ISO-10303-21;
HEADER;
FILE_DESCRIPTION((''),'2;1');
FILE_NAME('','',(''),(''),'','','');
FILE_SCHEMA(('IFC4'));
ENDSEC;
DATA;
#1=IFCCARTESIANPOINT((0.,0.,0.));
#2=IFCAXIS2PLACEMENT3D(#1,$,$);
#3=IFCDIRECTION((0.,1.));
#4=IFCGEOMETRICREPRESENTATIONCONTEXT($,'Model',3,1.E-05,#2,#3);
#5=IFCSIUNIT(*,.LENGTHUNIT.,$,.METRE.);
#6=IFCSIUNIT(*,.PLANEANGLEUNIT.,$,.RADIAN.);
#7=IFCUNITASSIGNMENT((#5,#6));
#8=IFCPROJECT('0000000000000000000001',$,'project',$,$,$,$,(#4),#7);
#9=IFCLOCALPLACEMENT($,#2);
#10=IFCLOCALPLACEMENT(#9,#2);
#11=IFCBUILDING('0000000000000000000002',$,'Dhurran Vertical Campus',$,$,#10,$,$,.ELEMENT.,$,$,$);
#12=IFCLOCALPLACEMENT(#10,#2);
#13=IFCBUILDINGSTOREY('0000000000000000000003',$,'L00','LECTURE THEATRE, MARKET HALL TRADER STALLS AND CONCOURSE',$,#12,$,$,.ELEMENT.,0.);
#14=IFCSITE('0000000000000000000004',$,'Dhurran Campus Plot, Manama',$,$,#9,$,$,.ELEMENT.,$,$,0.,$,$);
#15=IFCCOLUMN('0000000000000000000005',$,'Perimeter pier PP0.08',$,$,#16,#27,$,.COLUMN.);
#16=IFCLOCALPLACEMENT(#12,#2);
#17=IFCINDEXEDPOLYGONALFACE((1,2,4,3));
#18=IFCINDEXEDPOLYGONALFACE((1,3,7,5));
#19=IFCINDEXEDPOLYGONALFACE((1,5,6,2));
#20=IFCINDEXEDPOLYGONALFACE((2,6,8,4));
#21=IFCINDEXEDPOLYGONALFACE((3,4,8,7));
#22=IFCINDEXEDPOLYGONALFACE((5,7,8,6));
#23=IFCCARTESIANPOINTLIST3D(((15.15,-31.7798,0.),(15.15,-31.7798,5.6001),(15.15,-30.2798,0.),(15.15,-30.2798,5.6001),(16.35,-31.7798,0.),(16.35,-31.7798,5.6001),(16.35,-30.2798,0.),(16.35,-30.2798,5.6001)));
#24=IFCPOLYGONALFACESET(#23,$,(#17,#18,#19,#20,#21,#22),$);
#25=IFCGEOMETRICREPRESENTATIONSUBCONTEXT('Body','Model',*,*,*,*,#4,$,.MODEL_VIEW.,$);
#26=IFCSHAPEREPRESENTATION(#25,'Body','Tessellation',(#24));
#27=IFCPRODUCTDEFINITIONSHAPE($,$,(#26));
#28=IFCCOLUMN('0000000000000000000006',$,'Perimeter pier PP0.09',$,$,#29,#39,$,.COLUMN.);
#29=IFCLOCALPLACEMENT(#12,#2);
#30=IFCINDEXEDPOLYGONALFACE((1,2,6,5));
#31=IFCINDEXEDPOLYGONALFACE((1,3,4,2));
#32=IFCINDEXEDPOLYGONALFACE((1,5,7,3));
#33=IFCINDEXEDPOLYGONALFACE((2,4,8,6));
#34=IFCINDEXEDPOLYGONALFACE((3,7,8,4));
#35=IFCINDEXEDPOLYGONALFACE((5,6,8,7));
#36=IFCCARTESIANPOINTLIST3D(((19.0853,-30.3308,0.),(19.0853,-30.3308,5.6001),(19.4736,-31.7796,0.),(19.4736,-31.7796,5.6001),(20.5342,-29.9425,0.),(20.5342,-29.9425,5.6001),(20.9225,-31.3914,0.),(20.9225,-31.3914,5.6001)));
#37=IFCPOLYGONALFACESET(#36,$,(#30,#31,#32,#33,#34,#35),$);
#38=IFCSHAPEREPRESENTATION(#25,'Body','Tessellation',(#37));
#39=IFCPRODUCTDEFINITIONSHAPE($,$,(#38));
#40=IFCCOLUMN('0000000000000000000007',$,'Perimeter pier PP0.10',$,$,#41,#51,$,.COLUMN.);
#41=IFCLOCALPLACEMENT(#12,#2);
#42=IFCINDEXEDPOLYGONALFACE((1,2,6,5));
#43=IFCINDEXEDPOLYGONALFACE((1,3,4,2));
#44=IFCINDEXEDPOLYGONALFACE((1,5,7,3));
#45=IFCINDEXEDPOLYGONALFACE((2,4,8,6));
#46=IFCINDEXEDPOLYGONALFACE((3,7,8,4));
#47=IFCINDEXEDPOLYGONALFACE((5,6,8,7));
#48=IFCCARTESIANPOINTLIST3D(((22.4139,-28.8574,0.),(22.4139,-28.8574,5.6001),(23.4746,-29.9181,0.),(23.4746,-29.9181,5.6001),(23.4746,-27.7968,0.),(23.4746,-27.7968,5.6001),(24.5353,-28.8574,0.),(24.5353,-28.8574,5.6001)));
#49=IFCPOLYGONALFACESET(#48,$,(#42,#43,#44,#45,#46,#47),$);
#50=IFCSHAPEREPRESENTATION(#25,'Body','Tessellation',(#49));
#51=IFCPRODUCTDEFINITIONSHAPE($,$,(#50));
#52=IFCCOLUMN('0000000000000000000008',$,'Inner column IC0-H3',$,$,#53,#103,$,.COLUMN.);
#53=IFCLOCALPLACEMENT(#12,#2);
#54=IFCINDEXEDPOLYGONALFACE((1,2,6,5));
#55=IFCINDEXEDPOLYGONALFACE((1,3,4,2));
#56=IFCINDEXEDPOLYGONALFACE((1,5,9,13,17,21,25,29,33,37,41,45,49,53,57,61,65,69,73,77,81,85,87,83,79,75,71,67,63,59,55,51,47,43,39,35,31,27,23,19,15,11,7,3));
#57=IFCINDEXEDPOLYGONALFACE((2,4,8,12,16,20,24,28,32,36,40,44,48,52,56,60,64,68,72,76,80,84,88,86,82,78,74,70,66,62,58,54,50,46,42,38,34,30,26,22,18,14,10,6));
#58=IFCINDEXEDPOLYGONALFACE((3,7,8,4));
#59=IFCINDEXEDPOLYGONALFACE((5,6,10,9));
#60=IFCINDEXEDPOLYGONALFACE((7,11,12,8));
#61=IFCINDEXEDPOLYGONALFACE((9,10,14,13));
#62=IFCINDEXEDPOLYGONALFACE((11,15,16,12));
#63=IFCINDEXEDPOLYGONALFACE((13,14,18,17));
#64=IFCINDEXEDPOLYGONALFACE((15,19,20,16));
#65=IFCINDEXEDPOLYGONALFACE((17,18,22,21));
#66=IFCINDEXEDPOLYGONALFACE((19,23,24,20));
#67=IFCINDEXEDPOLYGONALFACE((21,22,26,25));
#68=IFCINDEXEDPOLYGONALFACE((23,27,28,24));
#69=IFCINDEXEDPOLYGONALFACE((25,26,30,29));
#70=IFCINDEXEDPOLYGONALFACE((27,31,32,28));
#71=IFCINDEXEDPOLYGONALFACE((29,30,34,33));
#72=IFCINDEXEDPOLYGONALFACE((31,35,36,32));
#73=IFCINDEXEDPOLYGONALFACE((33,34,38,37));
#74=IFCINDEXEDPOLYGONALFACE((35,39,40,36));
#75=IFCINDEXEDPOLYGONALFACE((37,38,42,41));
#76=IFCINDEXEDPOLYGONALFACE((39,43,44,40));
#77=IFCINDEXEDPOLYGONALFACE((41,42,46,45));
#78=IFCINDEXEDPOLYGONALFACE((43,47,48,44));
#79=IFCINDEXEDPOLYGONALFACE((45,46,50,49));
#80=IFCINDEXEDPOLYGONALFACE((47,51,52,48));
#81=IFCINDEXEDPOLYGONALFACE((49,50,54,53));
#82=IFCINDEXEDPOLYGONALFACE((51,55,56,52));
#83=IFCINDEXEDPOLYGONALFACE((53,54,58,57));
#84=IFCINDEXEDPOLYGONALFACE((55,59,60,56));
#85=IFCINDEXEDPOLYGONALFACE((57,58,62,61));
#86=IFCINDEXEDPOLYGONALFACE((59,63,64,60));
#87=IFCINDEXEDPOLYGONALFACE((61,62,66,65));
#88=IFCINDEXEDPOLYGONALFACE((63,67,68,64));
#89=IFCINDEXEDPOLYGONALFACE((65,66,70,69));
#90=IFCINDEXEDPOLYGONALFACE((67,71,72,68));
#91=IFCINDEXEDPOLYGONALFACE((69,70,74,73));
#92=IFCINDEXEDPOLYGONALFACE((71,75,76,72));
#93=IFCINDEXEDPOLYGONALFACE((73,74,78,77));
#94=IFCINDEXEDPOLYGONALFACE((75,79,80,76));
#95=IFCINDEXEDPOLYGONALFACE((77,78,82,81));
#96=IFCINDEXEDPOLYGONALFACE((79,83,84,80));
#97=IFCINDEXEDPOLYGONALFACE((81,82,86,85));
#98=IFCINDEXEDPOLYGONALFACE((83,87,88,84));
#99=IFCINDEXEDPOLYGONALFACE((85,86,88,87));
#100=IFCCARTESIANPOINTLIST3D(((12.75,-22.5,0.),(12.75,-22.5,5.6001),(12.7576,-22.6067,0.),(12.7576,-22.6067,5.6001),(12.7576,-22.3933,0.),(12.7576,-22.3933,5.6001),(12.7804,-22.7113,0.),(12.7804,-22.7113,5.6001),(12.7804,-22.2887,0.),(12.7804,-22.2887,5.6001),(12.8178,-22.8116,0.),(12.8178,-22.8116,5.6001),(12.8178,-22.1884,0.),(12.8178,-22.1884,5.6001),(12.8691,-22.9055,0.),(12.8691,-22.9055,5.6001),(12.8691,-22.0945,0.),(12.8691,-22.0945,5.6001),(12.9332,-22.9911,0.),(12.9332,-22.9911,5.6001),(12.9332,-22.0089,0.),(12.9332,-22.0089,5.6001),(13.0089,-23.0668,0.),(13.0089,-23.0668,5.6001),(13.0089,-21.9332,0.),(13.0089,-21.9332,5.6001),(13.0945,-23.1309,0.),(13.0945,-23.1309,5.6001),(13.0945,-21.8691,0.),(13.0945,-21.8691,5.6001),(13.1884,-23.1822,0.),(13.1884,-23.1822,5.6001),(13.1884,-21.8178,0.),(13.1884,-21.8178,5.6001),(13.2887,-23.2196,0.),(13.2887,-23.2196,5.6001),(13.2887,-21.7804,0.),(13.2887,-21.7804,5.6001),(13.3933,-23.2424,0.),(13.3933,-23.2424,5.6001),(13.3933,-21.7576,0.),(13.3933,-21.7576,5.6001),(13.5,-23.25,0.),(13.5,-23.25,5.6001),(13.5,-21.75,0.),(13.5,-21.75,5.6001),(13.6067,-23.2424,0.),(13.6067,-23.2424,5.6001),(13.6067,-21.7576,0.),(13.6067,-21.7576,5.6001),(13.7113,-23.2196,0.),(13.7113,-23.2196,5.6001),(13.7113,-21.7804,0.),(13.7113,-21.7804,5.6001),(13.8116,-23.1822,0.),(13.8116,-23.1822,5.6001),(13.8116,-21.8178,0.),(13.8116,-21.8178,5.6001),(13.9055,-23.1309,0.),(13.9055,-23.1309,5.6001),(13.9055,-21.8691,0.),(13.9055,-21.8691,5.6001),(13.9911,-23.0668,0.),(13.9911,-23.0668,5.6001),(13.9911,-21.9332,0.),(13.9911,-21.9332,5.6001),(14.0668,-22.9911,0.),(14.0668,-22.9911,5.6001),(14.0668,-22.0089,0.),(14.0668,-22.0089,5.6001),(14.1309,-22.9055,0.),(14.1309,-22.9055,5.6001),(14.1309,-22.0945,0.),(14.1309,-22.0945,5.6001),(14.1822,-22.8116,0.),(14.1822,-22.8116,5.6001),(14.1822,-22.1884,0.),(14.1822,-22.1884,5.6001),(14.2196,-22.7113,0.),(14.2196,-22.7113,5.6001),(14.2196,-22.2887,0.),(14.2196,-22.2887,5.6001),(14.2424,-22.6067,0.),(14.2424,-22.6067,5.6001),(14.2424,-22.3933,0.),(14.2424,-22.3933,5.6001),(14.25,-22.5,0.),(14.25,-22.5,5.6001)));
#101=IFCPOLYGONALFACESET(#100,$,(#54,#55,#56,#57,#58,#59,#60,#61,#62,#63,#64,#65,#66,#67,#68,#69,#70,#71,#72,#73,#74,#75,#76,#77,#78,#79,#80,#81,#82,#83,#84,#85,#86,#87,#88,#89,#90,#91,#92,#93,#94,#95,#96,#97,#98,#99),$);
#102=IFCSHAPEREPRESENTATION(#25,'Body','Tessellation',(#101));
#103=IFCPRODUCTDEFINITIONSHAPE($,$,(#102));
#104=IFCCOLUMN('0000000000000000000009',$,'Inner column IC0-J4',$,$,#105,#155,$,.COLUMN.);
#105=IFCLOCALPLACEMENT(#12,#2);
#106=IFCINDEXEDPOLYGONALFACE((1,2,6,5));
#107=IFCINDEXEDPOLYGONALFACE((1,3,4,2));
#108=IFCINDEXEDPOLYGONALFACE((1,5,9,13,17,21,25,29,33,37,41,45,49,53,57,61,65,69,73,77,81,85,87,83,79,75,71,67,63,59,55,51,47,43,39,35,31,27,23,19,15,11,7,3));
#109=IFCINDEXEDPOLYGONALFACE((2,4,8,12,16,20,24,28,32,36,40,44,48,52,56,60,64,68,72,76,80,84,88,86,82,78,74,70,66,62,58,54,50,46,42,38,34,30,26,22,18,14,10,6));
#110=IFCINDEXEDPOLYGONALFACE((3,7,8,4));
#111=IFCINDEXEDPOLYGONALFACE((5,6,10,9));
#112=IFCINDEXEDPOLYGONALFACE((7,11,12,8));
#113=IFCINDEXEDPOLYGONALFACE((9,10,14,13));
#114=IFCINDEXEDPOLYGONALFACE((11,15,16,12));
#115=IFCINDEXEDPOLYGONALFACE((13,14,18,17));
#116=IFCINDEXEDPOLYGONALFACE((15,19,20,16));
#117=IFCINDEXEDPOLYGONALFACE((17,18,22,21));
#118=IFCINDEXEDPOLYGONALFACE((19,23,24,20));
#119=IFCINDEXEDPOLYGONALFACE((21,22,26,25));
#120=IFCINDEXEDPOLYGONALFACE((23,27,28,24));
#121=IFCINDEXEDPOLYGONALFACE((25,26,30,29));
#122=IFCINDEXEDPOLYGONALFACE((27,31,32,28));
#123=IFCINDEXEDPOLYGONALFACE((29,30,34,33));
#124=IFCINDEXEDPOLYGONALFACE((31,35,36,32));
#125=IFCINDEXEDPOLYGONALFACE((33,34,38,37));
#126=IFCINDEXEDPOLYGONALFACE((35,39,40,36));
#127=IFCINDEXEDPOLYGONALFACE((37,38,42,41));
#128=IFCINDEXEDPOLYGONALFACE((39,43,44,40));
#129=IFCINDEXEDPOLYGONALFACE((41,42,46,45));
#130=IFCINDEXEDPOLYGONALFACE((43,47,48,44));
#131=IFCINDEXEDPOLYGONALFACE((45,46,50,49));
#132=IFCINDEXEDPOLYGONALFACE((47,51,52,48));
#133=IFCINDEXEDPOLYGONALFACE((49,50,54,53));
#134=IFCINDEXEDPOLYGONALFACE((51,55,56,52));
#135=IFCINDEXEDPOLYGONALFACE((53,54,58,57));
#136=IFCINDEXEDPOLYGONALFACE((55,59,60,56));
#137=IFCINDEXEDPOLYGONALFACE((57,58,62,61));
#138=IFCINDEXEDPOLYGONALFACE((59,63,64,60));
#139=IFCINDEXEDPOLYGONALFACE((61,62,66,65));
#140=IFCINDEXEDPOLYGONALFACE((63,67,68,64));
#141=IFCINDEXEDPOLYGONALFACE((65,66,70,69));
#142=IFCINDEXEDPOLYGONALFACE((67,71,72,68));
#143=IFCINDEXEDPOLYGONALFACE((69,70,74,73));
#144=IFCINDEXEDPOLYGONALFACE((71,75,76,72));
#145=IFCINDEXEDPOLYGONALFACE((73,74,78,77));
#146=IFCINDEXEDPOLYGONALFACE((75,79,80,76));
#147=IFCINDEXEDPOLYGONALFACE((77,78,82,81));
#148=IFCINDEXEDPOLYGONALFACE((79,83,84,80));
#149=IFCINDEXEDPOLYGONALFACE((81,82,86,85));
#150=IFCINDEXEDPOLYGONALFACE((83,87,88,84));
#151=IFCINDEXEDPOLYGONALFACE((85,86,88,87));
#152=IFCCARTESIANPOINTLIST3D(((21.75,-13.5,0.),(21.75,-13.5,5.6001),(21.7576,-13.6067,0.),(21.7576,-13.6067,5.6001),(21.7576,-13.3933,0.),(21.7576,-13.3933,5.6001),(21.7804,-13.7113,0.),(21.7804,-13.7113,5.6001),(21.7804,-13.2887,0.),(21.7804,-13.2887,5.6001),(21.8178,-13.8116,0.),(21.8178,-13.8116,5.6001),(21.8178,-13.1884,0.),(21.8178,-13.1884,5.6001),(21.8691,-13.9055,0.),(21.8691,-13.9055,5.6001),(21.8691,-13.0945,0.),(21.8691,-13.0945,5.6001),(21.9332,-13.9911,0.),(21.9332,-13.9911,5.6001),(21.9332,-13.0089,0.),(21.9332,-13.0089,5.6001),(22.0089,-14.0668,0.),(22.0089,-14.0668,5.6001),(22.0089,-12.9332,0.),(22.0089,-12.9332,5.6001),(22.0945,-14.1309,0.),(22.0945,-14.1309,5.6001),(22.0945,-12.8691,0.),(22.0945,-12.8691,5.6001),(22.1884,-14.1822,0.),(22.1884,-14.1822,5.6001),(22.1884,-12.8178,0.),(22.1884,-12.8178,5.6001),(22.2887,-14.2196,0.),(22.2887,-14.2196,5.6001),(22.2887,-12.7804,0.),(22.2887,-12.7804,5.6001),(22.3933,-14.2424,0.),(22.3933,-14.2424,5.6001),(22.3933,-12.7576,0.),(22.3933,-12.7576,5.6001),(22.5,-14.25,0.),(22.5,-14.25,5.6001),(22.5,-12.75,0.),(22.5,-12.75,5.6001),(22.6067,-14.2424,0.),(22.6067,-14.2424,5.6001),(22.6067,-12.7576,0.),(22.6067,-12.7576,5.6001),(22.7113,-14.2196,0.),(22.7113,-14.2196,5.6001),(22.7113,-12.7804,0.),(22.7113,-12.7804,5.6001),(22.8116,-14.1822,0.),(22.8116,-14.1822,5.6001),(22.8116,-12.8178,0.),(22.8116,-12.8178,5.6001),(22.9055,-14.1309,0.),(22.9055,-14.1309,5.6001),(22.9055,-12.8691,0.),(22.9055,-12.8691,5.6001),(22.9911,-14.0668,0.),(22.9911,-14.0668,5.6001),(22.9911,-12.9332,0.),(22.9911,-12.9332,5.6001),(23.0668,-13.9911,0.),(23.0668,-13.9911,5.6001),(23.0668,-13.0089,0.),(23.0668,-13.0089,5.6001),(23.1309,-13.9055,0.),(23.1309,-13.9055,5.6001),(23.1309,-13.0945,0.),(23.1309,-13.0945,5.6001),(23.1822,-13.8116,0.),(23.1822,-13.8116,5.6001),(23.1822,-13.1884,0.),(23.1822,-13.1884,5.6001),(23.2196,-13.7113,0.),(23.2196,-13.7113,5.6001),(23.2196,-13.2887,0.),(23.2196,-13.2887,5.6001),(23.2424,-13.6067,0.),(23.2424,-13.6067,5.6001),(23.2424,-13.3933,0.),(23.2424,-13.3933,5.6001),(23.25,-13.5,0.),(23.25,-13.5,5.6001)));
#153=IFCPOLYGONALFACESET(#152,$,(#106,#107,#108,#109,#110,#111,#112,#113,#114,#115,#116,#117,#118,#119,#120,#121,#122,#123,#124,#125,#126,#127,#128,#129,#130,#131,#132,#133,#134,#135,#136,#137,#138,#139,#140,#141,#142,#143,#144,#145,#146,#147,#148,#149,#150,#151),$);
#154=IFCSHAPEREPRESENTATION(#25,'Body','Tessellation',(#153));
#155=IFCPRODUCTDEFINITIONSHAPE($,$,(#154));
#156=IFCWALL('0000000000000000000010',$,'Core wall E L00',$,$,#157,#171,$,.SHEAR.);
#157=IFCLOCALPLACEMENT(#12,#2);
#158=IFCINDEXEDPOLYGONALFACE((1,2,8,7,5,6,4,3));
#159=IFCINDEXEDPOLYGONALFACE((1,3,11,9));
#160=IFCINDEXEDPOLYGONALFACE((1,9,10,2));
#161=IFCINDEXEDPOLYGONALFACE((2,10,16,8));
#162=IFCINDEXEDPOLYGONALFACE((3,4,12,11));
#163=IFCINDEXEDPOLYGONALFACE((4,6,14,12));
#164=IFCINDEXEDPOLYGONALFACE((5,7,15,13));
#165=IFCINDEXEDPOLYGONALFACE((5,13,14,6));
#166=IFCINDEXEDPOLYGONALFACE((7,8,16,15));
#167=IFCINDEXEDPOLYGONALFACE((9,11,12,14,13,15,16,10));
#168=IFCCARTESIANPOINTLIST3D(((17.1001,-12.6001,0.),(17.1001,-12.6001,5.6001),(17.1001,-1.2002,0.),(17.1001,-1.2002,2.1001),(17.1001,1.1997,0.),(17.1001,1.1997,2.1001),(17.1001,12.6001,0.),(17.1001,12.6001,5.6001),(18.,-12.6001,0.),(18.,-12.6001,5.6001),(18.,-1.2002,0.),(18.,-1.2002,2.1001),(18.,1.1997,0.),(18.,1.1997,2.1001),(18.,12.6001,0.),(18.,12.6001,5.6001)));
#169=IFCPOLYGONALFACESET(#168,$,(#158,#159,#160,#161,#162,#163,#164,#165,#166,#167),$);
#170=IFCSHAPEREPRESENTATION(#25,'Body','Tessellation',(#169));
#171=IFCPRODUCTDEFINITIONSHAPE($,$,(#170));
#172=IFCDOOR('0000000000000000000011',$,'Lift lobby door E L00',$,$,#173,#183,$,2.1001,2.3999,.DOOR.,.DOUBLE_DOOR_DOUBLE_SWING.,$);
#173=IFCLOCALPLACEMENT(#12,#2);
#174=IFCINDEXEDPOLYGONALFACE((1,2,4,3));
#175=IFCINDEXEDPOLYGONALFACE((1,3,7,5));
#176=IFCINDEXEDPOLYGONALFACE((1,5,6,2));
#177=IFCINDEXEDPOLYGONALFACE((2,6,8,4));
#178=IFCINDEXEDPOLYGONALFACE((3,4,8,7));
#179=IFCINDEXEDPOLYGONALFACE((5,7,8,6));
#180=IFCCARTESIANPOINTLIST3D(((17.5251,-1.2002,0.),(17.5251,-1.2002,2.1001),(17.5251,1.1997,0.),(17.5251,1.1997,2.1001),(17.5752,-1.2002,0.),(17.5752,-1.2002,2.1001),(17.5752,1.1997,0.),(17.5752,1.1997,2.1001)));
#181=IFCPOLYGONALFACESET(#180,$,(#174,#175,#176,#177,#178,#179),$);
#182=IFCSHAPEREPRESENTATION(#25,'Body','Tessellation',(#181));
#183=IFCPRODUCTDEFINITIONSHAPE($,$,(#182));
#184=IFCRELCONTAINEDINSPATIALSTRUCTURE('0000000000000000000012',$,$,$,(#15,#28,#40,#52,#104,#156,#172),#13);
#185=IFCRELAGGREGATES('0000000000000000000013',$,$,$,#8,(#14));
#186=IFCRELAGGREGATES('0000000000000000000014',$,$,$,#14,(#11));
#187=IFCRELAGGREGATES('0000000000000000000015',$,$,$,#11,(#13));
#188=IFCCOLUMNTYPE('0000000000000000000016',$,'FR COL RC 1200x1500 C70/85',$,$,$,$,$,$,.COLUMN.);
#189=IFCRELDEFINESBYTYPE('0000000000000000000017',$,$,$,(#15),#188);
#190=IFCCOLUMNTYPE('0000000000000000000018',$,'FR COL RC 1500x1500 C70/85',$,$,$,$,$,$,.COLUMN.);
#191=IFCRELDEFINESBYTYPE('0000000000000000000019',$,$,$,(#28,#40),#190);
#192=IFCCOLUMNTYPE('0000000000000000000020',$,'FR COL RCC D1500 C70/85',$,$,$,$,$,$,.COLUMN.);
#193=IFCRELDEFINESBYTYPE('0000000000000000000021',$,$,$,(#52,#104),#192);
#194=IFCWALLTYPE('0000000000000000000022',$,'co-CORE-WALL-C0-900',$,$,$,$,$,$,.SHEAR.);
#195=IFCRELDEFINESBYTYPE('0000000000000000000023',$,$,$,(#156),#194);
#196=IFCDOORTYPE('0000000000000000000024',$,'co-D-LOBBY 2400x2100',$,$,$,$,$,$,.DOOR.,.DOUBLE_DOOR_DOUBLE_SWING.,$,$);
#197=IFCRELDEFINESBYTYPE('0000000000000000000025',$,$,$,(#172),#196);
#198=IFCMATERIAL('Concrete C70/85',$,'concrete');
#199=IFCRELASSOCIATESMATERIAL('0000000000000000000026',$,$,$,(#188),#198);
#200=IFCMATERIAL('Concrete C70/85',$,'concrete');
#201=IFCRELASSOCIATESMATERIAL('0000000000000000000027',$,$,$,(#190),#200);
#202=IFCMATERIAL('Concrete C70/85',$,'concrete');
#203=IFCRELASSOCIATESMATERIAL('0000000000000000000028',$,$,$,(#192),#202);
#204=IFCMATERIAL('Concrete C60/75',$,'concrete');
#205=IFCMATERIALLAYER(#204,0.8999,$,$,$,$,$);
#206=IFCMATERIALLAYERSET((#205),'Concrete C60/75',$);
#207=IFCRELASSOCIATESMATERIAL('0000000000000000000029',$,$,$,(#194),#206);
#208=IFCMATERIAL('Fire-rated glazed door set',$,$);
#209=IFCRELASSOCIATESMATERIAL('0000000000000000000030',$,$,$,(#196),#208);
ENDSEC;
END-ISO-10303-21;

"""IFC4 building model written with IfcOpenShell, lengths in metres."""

from ifc_helpers import new_model, si_unit, direction, frame, frame_2d, origin, origin_2d, place, context, subcontext, project, spatial, rectangle, circle, extrude, material, layer, layer_set, material_profile, profile_set, type_object, element, fill, save


model = new_model("IFC4")

# Units and contexts
model_context = context("Model", 3, precision=1e-05, world=origin(), true_north=direction((0.0, 1.0)))
body_context = subcontext(model_context, "Body", "Model", "MODEL_VIEW")
ifc_project = project(units=[si_unit("LENGTHUNIT", "METRE"), si_unit("PLANEANGLEUNIT", "RADIAN")], contexts=[model_context])

# Site, building, storey
site_placement = place(None, origin())
site = spatial("IfcSite", under=ifc_project, at=site_placement, Name="Dhurran Campus Plot, Manama", CompositionType="ELEMENT", RefElevation=0.0)
building_placement = place(site_placement, origin())
building = spatial("IfcBuilding", under=site, at=building_placement, Name="Dhurran Vertical Campus", CompositionType="ELEMENT")
storey_placement = place(building_placement, origin())
storey = spatial("IfcBuildingStorey", under=building, at=storey_placement, Name="L00", Description="LECTURE THEATRE, MARKET HALL TRADER STALLS AND CONCOURSE", CompositionType="ELEMENT", Elevation=0.0)

# Columns
ifc_material_1 = material(Name="Concrete C70/85", Category="concrete")
ifc_material_profile_1 = material_profile(ifc_material_1, rectangle(XDim=1.2, YDim=1.5, at=origin_2d()), Name="RC 1200x1500")
ifc_profile_set_1 = profile_set([ifc_material_profile_1], Name="Concrete C70/85")
column_type_1 = type_object("IfcColumnType", Name="FR COL RC 1200x1500 C70/85", PredefinedType="COLUMN", material=ifc_profile_set_1)
column_placement = place(storey_placement, frame((15.75, -31.0298, 0.0), z_axis=(0.0, 0.0, 1.0), x_axis=(1.0, 0.0, 0.0)))
element("IfcColumn", 1, at=column_placement, inside=storey, type_object=column_type_1, Name="Perimeter pier PP0.08", PredefinedType="COLUMN", context=body_context, shape_type="SweptSolid", body=[
    extrude(rectangle(XDim=1.2, YDim=1.5, at=origin_2d()), origin(), (0.0, 0.0, 1.0), 5.6001),
])
ifc_material_2 = material(Name="Concrete C70/85", Category="concrete")
ifc_material_profile_2 = material_profile(ifc_material_2, rectangle(XDim=1.5, YDim=1.5, at=origin_2d()), Name="RC 1500x1500")
ifc_profile_set_2 = profile_set([ifc_material_profile_2], Name="Concrete C70/85")
column_type_2 = type_object("IfcColumnType", Name="FR COL RC 1500x1500 C70/85", PredefinedType="COLUMN", material=ifc_profile_set_2)
for number, where, z_axis, x_axis, name in (
    (2, (20.0039, -30.8611, 0.0), (0.0, 0.0, 1.0), (0.965926, 0.258819, 0.0), "Perimeter pier PP0.09"),
    (3, (23.4746, -28.8574, 0.0), (0.0, 0.0, 1.0), (0.707107, 0.707107, 0.0), "Perimeter pier PP0.10"),
):
    element("IfcColumn", number, at=place(storey_placement, frame(where, z_axis=z_axis, x_axis=x_axis)), inside=storey, type_object=column_type_2, Name=name, PredefinedType="COLUMN", context=body_context, shape_type="SweptSolid", body=[
        extrude(rectangle(XDim=1.5, YDim=1.5, at=origin_2d()), origin(), (0.0, 0.0, 1.0), 5.6001),
    ])
ifc_material_3 = material(Name="Concrete C70/85", Category="concrete")
ifc_material_profile_3 = material_profile(ifc_material_3, circle(Radius=0.75, at=origin_2d()), Name="RCC D1500")
ifc_profile_set_3 = profile_set([ifc_material_profile_3], Name="Concrete C70/85")
column_type_3 = type_object("IfcColumnType", Name="FR COL RCC D1500 C70/85", PredefinedType="COLUMN", material=ifc_profile_set_3)
for number, where, z_axis, x_axis, name in (
    (4, (13.5, -22.5, 0.0), (0.0, 0.0, 1.0), (1.0, 0.0, 0.0), "Inner column IC0-H3"),
    (5, (22.5, -13.5, 0.0), (0.0, 0.0, 1.0), (1.0, 0.0, 0.0), "Inner column IC0-J4"),
):
    element("IfcColumn", number, at=place(storey_placement, frame(where, z_axis=z_axis, x_axis=x_axis)), inside=storey, type_object=column_type_3, Name=name, PredefinedType="COLUMN", context=body_context, shape_type="SweptSolid", body=[
        extrude(circle(Radius=0.75, at=origin_2d()), origin(), (0.0, 0.0, 1.0), 5.6001),
    ])

# Wall, opening, door
ifc_material_4 = material(Name="Concrete C60/75", Category="concrete")
ifc_layer_1 = layer(ifc_material_4, 0.8999)
ifc_layer_set_1 = layer_set([ifc_layer_1], Name="Concrete C60/75")
wall_type_1 = type_object("IfcWallType", Name="co-CORE-WALL-C0-900", PredefinedType="SHEAR", material=ifc_layer_set_1)
wall_1_placement = place(storey_placement, frame((17.55, -12.6001, 0.0), z_axis=(0.0, 0.0, 1.0), x_axis=(0.0, 1.0, 0.0)))
wall_1 = element("IfcWall", 6, at=wall_1_placement, inside=storey, type_object=wall_type_1, Name="Core wall E L00", PredefinedType="SHEAR", context=body_context, shape_type="SweptSolid", body=[
    extrude(rectangle(XDim=25.2002, YDim=0.8999, at=frame_2d((12.6001, 0.0))), origin(), (0.0, 0.0, 1.0), 5.6001),
])
opening_1_placement = place(wall_1_placement, frame((11.3999, 0.0, 0.0)))
opening_1 = element("IfcOpeningElement", 7, at=opening_1_placement, cuts=wall_1, PredefinedType="OPENING", context=body_context, shape_type="SweptSolid", body=[
    extrude(rectangle(XDim=2.3999, YDim=2.1001, at=frame_2d((1.2, 1.05))), frame((0.0, 0.46, 0.0), z_axis=(0.0, -1.0, 0.0), x_axis=(1.0, 0.0, 0.0)), (0.0, 0.0, 1.0), 0.9199),
])
ifc_material_5 = material(Name="Fire-rated glazed door set")
door_type_1 = type_object("IfcDoorType", Name="co-D-LOBBY 2400x2100", OperationType="DOUBLE_DOOR_DOUBLE_SWING", PredefinedType="DOOR", material=ifc_material_5)
door_1_placement = place(opening_1_placement, origin())
door_1 = element("IfcDoor", 8, at=door_1_placement, inside=storey, type_object=door_type_1, Name="Lift lobby door E L00", OperationType="DOUBLE_DOOR_DOUBLE_SWING", OverallHeight=2.1001, OverallWidth=2.3999, PredefinedType="DOOR", context=body_context, shape_type="SweptSolid", body=[
    extrude(rectangle(XDim=2.3999, YDim=2.1001, at=frame_2d((1.2, 1.05))), frame((0.0, 0.0249, 0.0), z_axis=(0.0, -1.0, 0.0), x_axis=(1.0, 0.0, 0.0)), (0.0, 0.0, 1.0), 0.05),
])
fill(opening_1, door_1)

save(model, "model.ifc")
